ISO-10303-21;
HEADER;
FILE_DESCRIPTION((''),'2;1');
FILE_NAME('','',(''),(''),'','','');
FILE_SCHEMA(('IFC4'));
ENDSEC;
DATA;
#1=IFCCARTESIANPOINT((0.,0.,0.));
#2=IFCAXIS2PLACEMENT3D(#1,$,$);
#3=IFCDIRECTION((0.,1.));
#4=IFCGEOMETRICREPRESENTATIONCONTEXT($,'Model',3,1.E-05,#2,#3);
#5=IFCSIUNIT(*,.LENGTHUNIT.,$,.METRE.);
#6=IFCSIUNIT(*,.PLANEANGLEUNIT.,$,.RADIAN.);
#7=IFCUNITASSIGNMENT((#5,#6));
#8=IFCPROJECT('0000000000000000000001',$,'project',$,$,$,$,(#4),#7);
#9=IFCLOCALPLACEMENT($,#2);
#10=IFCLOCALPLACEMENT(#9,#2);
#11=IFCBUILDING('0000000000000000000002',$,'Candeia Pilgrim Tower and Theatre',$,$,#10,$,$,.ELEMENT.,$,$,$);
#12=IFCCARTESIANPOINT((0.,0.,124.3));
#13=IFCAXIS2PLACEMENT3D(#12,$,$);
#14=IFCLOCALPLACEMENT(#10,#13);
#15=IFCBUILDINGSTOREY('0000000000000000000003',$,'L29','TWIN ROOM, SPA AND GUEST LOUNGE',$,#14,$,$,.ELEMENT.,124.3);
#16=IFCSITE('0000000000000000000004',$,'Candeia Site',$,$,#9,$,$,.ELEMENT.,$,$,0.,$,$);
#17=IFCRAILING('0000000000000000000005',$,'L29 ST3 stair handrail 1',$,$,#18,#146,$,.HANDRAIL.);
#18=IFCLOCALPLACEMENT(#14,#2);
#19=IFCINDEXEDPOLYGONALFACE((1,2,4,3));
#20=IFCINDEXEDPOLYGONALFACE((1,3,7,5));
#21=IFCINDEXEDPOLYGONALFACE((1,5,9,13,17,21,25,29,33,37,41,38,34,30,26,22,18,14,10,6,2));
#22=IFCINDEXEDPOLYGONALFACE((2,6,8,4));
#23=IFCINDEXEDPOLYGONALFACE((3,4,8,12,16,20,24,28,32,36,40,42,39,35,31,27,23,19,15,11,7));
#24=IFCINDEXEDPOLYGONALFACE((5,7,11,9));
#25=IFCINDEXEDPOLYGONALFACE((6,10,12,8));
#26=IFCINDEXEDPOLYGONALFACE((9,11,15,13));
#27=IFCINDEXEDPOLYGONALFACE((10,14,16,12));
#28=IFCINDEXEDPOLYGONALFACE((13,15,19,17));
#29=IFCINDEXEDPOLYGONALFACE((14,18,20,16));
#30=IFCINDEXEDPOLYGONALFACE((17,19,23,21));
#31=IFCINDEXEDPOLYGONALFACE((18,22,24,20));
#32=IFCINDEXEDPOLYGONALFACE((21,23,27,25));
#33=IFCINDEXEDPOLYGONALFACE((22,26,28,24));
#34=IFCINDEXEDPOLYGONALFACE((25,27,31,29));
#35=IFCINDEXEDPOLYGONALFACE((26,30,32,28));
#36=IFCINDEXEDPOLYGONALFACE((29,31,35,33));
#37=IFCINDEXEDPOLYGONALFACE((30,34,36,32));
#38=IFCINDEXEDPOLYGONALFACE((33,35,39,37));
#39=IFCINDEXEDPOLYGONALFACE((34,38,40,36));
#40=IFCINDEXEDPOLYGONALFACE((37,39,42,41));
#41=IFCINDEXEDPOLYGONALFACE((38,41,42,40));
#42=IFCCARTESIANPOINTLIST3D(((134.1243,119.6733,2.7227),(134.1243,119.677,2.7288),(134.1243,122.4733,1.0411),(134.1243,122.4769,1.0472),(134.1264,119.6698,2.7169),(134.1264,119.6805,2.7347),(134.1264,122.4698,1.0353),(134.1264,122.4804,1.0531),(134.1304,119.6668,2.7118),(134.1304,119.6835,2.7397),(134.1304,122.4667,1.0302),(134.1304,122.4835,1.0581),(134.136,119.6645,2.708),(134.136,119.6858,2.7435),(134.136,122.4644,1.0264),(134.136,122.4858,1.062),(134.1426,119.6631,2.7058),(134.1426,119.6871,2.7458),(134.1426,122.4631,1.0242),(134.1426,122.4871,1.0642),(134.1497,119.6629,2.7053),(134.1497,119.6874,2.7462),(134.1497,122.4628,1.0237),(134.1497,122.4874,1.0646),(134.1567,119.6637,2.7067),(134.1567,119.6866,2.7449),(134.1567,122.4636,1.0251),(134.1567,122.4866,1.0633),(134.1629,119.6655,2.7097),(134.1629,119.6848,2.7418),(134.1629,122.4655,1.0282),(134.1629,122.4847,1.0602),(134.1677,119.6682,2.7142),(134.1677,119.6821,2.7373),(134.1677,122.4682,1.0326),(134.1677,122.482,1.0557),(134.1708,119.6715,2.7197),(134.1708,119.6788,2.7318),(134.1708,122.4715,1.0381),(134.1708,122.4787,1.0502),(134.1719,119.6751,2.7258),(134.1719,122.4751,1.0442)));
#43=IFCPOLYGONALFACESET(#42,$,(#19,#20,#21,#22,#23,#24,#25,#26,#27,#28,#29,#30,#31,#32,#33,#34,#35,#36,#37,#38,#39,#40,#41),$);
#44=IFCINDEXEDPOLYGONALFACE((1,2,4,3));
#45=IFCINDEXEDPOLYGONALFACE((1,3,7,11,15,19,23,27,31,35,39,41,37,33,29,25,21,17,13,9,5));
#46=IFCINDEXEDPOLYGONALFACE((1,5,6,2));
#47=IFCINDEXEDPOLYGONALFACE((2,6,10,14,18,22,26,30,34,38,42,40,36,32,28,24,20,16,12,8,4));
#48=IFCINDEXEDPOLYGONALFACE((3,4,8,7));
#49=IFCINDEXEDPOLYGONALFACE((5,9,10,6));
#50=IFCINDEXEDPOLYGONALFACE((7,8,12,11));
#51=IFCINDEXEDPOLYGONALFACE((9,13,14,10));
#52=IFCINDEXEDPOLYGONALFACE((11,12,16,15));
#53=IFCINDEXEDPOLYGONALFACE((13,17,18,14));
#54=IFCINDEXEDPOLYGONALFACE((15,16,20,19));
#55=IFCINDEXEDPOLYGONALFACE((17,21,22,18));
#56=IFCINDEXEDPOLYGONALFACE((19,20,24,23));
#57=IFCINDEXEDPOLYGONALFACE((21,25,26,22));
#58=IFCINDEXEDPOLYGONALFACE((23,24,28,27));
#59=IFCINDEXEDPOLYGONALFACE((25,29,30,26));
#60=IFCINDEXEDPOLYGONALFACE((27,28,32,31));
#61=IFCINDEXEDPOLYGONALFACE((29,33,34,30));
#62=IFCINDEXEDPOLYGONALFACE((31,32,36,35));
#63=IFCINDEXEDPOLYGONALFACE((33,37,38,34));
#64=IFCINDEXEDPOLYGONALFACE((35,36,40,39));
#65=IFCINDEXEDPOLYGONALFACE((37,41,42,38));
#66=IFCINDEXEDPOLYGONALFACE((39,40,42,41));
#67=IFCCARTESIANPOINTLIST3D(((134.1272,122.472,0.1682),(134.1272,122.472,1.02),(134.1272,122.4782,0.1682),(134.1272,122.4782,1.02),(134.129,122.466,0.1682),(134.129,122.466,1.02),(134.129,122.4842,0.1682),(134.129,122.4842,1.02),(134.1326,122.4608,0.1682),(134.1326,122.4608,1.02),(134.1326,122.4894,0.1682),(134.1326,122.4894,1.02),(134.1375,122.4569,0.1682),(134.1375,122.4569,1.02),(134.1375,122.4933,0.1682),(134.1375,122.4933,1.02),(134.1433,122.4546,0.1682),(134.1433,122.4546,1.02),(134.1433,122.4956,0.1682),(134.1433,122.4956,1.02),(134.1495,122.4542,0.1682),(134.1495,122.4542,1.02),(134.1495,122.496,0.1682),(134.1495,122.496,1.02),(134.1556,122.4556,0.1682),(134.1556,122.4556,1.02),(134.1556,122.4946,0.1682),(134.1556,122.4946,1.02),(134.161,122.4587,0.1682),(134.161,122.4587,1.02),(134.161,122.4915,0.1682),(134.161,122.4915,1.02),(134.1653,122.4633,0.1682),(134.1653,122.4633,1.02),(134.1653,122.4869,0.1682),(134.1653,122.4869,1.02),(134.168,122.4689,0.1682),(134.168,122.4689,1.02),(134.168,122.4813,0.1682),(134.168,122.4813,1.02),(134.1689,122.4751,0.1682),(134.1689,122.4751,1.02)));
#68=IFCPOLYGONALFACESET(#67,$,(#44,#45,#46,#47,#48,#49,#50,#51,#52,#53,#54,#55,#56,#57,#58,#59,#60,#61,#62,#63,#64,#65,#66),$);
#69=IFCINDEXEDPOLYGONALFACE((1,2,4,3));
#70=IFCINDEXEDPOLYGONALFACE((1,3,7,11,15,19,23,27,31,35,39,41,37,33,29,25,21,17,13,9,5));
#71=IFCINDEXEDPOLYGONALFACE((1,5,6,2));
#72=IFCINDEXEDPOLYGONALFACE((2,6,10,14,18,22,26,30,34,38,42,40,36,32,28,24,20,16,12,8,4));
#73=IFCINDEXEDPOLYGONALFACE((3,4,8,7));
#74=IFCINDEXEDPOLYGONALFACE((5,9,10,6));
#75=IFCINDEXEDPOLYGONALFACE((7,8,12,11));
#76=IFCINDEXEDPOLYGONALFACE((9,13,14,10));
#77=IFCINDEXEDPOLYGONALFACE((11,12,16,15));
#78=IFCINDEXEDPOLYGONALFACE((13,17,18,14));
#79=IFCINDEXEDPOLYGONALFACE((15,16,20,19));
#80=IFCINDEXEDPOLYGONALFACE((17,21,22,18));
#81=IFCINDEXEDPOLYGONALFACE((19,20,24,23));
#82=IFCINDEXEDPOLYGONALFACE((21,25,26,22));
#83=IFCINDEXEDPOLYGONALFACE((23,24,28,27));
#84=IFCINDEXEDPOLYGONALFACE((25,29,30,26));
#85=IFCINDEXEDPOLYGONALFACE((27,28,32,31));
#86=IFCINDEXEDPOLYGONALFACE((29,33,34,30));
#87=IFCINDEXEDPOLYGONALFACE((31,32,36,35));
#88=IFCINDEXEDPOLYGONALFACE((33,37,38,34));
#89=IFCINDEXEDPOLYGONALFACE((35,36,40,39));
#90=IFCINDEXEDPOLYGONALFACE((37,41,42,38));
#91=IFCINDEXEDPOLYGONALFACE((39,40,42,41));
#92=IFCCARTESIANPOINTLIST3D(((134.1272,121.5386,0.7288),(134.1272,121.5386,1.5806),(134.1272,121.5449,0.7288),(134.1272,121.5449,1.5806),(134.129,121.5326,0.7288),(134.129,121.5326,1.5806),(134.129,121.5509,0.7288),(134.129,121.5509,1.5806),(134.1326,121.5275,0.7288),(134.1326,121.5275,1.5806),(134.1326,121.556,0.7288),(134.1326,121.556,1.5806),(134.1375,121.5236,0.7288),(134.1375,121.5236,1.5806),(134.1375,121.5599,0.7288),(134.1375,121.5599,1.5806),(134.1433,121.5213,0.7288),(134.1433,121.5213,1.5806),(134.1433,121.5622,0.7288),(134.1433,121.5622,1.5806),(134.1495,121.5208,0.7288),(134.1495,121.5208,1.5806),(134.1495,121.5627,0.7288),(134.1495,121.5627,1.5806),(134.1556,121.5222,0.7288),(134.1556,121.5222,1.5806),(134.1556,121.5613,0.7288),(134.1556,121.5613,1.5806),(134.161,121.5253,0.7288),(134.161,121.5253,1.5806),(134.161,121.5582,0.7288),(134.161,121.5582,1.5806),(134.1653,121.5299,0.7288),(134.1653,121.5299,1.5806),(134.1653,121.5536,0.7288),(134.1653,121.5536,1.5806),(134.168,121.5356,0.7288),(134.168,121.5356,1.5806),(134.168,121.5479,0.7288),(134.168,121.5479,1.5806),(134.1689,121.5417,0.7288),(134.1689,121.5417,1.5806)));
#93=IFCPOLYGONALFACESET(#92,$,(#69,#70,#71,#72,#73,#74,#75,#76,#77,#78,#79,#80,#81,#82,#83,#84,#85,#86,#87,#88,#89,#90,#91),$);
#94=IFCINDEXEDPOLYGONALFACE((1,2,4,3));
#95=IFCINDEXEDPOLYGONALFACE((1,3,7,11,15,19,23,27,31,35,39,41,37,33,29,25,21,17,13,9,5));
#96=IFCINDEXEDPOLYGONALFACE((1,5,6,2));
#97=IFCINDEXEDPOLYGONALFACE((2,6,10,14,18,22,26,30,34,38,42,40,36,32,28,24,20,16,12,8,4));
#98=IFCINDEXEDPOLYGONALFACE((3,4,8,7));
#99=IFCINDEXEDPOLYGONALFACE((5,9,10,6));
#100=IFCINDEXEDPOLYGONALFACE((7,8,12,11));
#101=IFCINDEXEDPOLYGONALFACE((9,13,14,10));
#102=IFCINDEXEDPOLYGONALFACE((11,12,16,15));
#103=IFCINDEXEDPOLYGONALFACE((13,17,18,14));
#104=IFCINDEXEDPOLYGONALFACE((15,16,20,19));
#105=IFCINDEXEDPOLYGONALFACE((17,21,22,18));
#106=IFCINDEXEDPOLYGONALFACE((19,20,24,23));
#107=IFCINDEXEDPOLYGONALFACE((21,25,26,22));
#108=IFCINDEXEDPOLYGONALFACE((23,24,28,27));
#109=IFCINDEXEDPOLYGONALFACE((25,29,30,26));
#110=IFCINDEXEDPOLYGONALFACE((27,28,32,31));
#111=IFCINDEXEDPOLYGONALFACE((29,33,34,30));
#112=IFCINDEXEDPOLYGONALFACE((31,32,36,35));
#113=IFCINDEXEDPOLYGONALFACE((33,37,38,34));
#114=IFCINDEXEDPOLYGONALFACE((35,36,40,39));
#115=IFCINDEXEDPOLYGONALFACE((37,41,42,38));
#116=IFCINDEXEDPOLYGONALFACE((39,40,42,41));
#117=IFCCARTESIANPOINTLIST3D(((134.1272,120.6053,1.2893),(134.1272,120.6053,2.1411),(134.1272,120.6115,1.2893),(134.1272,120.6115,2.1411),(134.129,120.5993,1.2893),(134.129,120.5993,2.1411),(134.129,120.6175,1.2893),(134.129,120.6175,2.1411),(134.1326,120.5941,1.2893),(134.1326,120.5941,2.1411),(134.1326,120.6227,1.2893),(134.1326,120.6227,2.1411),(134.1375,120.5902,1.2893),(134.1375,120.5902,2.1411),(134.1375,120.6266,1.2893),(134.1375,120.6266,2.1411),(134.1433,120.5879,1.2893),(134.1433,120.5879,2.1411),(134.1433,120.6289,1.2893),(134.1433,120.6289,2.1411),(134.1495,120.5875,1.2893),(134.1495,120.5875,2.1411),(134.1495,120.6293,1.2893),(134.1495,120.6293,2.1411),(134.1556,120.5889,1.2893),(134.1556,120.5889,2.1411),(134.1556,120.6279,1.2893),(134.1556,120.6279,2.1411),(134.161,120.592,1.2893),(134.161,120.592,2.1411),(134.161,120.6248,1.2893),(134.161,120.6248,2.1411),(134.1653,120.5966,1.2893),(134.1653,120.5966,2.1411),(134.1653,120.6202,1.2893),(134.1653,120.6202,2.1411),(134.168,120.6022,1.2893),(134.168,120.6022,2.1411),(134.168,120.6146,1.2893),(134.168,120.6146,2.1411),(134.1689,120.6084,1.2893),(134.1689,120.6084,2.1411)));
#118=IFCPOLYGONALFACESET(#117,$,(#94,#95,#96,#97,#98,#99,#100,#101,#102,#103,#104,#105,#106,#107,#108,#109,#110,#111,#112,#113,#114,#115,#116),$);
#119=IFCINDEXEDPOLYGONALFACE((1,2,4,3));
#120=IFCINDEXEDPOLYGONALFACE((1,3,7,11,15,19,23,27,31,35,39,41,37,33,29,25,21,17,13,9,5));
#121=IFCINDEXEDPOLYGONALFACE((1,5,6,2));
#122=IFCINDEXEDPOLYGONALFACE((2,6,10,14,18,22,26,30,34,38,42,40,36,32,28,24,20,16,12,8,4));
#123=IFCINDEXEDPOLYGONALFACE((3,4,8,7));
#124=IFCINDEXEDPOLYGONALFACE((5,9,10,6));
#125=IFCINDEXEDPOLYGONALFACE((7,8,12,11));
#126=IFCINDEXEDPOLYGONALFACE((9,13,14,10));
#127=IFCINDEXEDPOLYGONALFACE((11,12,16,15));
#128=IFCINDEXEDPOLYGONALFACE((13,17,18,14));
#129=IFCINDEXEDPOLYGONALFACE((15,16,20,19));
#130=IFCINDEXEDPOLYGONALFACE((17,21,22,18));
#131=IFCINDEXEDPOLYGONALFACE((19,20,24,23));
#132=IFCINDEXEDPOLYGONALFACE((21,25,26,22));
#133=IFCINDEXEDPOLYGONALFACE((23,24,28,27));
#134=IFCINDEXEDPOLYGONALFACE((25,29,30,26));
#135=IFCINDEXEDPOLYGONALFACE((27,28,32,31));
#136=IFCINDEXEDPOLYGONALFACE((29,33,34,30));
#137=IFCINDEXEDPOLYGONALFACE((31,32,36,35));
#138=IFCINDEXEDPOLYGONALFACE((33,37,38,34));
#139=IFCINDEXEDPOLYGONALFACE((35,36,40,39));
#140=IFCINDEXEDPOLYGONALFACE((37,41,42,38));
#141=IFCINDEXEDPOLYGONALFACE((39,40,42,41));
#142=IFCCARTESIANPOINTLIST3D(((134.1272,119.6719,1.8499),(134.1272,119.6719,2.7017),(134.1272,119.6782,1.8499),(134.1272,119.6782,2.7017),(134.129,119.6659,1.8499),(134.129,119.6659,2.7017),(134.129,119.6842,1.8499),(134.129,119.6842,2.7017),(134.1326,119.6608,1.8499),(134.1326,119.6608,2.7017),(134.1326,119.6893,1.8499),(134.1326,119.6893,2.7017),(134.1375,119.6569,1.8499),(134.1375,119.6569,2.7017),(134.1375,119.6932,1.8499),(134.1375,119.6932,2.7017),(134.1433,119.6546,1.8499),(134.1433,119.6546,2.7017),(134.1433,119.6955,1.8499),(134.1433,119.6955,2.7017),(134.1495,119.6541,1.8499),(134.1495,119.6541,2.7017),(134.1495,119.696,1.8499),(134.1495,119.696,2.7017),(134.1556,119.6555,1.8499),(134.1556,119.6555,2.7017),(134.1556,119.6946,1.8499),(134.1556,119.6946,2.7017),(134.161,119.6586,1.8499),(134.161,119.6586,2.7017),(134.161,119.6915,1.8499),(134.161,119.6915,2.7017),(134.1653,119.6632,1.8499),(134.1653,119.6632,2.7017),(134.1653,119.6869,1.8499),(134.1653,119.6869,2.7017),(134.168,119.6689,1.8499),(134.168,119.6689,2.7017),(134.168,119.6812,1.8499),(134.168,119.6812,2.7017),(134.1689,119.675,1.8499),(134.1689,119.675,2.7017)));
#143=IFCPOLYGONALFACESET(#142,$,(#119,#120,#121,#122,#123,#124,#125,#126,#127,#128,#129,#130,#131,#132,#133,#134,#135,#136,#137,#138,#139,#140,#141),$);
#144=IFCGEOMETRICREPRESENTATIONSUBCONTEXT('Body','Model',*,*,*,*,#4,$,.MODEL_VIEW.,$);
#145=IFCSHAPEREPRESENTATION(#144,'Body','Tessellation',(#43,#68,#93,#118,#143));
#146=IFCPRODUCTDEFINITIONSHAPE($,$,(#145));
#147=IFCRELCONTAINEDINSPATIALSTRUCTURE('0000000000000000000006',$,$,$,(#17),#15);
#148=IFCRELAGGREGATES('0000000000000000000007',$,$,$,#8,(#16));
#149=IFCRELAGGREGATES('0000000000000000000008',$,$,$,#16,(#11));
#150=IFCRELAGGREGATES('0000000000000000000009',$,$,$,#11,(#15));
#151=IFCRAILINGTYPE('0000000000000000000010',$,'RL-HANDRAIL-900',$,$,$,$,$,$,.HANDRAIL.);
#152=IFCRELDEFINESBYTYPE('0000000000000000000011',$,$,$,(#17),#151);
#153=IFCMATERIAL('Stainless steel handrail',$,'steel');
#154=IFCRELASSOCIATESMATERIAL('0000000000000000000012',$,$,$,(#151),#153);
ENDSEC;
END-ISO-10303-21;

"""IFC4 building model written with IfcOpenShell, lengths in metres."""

from ifc_helpers import new_model, si_unit, direction, frame, origin, origin_2d, place, context, subcontext, project, spatial, circle, extrude, material, type_object, element, save


model = new_model("IFC4")

# Units and contexts
model_context = context("Model", 3, precision=1e-05, world=origin(), true_north=direction((0.0, 1.0)))
body_context = subcontext(model_context, "Body", "Model", "MODEL_VIEW")
ifc_project = project(units=[si_unit("LENGTHUNIT", "METRE"), si_unit("PLANEANGLEUNIT", "RADIAN")], contexts=[model_context])

# Site, building, storey
site_placement = place(None, origin())
site = spatial("IfcSite", under=ifc_project, at=site_placement, Name="Candeia Site", CompositionType="ELEMENT", RefElevation=0.0)
building_placement = place(site_placement, origin())
building = spatial("IfcBuilding", under=site, at=building_placement, Name="Candeia Pilgrim Tower and Theatre", CompositionType="ELEMENT")
storey_placement = place(building_placement, frame((0.0, 0.0, 124.3)))
storey = spatial("IfcBuildingStorey", under=building, at=storey_placement, Name="L29", Description="TWIN ROOM, SPA AND GUEST LOUNGE", CompositionType="ELEMENT", Elevation=124.3)

# Railing
ifc_material_1 = material(Name="Stainless steel handrail", Category="steel")
railing_type_1 = type_object("IfcRailingType", Name="RL-HANDRAIL-900", PredefinedType="HANDRAIL", material=ifc_material_1)
railing_1_placement = place(storey_placement, frame((134.1479, 122.4751, 0.1682)))
element("IfcRailing", 1, at=railing_1_placement, inside=storey, type_object=railing_type_1, Name="L29 ST3 stair handrail 1", PredefinedType="HANDRAIL", context=body_context, shape_type="SweptSolid", body=[
    extrude(circle(Radius=0.0239, at=origin_2d()), frame((0.0, 0.0, 0.876), z_axis=(0.0, -0.857275, 0.514858), x_axis=(1.0, 0.0, 0.0)), (0.0, 0.0, 1.0), 3.2661),
    extrude(circle(Radius=0.021, at=origin_2d()), origin(), (0.0, 0.0, 1.0), 0.8518),
    extrude(circle(Radius=0.021, at=origin_2d()), frame((0.0, -0.9333, 0.5605)), (0.0, 0.0, 1.0), 0.8518),
    extrude(circle(Radius=0.021, at=origin_2d()), frame((0.0, -1.8667, 1.1211)), (0.0, 0.0, 1.0), 0.8518),
    extrude(circle(Radius=0.021, at=origin_2d()), frame((0.0, -2.8, 1.6816)), (0.0, 0.0, 1.0), 0.8518),
])

save(model, "model.ifc")
